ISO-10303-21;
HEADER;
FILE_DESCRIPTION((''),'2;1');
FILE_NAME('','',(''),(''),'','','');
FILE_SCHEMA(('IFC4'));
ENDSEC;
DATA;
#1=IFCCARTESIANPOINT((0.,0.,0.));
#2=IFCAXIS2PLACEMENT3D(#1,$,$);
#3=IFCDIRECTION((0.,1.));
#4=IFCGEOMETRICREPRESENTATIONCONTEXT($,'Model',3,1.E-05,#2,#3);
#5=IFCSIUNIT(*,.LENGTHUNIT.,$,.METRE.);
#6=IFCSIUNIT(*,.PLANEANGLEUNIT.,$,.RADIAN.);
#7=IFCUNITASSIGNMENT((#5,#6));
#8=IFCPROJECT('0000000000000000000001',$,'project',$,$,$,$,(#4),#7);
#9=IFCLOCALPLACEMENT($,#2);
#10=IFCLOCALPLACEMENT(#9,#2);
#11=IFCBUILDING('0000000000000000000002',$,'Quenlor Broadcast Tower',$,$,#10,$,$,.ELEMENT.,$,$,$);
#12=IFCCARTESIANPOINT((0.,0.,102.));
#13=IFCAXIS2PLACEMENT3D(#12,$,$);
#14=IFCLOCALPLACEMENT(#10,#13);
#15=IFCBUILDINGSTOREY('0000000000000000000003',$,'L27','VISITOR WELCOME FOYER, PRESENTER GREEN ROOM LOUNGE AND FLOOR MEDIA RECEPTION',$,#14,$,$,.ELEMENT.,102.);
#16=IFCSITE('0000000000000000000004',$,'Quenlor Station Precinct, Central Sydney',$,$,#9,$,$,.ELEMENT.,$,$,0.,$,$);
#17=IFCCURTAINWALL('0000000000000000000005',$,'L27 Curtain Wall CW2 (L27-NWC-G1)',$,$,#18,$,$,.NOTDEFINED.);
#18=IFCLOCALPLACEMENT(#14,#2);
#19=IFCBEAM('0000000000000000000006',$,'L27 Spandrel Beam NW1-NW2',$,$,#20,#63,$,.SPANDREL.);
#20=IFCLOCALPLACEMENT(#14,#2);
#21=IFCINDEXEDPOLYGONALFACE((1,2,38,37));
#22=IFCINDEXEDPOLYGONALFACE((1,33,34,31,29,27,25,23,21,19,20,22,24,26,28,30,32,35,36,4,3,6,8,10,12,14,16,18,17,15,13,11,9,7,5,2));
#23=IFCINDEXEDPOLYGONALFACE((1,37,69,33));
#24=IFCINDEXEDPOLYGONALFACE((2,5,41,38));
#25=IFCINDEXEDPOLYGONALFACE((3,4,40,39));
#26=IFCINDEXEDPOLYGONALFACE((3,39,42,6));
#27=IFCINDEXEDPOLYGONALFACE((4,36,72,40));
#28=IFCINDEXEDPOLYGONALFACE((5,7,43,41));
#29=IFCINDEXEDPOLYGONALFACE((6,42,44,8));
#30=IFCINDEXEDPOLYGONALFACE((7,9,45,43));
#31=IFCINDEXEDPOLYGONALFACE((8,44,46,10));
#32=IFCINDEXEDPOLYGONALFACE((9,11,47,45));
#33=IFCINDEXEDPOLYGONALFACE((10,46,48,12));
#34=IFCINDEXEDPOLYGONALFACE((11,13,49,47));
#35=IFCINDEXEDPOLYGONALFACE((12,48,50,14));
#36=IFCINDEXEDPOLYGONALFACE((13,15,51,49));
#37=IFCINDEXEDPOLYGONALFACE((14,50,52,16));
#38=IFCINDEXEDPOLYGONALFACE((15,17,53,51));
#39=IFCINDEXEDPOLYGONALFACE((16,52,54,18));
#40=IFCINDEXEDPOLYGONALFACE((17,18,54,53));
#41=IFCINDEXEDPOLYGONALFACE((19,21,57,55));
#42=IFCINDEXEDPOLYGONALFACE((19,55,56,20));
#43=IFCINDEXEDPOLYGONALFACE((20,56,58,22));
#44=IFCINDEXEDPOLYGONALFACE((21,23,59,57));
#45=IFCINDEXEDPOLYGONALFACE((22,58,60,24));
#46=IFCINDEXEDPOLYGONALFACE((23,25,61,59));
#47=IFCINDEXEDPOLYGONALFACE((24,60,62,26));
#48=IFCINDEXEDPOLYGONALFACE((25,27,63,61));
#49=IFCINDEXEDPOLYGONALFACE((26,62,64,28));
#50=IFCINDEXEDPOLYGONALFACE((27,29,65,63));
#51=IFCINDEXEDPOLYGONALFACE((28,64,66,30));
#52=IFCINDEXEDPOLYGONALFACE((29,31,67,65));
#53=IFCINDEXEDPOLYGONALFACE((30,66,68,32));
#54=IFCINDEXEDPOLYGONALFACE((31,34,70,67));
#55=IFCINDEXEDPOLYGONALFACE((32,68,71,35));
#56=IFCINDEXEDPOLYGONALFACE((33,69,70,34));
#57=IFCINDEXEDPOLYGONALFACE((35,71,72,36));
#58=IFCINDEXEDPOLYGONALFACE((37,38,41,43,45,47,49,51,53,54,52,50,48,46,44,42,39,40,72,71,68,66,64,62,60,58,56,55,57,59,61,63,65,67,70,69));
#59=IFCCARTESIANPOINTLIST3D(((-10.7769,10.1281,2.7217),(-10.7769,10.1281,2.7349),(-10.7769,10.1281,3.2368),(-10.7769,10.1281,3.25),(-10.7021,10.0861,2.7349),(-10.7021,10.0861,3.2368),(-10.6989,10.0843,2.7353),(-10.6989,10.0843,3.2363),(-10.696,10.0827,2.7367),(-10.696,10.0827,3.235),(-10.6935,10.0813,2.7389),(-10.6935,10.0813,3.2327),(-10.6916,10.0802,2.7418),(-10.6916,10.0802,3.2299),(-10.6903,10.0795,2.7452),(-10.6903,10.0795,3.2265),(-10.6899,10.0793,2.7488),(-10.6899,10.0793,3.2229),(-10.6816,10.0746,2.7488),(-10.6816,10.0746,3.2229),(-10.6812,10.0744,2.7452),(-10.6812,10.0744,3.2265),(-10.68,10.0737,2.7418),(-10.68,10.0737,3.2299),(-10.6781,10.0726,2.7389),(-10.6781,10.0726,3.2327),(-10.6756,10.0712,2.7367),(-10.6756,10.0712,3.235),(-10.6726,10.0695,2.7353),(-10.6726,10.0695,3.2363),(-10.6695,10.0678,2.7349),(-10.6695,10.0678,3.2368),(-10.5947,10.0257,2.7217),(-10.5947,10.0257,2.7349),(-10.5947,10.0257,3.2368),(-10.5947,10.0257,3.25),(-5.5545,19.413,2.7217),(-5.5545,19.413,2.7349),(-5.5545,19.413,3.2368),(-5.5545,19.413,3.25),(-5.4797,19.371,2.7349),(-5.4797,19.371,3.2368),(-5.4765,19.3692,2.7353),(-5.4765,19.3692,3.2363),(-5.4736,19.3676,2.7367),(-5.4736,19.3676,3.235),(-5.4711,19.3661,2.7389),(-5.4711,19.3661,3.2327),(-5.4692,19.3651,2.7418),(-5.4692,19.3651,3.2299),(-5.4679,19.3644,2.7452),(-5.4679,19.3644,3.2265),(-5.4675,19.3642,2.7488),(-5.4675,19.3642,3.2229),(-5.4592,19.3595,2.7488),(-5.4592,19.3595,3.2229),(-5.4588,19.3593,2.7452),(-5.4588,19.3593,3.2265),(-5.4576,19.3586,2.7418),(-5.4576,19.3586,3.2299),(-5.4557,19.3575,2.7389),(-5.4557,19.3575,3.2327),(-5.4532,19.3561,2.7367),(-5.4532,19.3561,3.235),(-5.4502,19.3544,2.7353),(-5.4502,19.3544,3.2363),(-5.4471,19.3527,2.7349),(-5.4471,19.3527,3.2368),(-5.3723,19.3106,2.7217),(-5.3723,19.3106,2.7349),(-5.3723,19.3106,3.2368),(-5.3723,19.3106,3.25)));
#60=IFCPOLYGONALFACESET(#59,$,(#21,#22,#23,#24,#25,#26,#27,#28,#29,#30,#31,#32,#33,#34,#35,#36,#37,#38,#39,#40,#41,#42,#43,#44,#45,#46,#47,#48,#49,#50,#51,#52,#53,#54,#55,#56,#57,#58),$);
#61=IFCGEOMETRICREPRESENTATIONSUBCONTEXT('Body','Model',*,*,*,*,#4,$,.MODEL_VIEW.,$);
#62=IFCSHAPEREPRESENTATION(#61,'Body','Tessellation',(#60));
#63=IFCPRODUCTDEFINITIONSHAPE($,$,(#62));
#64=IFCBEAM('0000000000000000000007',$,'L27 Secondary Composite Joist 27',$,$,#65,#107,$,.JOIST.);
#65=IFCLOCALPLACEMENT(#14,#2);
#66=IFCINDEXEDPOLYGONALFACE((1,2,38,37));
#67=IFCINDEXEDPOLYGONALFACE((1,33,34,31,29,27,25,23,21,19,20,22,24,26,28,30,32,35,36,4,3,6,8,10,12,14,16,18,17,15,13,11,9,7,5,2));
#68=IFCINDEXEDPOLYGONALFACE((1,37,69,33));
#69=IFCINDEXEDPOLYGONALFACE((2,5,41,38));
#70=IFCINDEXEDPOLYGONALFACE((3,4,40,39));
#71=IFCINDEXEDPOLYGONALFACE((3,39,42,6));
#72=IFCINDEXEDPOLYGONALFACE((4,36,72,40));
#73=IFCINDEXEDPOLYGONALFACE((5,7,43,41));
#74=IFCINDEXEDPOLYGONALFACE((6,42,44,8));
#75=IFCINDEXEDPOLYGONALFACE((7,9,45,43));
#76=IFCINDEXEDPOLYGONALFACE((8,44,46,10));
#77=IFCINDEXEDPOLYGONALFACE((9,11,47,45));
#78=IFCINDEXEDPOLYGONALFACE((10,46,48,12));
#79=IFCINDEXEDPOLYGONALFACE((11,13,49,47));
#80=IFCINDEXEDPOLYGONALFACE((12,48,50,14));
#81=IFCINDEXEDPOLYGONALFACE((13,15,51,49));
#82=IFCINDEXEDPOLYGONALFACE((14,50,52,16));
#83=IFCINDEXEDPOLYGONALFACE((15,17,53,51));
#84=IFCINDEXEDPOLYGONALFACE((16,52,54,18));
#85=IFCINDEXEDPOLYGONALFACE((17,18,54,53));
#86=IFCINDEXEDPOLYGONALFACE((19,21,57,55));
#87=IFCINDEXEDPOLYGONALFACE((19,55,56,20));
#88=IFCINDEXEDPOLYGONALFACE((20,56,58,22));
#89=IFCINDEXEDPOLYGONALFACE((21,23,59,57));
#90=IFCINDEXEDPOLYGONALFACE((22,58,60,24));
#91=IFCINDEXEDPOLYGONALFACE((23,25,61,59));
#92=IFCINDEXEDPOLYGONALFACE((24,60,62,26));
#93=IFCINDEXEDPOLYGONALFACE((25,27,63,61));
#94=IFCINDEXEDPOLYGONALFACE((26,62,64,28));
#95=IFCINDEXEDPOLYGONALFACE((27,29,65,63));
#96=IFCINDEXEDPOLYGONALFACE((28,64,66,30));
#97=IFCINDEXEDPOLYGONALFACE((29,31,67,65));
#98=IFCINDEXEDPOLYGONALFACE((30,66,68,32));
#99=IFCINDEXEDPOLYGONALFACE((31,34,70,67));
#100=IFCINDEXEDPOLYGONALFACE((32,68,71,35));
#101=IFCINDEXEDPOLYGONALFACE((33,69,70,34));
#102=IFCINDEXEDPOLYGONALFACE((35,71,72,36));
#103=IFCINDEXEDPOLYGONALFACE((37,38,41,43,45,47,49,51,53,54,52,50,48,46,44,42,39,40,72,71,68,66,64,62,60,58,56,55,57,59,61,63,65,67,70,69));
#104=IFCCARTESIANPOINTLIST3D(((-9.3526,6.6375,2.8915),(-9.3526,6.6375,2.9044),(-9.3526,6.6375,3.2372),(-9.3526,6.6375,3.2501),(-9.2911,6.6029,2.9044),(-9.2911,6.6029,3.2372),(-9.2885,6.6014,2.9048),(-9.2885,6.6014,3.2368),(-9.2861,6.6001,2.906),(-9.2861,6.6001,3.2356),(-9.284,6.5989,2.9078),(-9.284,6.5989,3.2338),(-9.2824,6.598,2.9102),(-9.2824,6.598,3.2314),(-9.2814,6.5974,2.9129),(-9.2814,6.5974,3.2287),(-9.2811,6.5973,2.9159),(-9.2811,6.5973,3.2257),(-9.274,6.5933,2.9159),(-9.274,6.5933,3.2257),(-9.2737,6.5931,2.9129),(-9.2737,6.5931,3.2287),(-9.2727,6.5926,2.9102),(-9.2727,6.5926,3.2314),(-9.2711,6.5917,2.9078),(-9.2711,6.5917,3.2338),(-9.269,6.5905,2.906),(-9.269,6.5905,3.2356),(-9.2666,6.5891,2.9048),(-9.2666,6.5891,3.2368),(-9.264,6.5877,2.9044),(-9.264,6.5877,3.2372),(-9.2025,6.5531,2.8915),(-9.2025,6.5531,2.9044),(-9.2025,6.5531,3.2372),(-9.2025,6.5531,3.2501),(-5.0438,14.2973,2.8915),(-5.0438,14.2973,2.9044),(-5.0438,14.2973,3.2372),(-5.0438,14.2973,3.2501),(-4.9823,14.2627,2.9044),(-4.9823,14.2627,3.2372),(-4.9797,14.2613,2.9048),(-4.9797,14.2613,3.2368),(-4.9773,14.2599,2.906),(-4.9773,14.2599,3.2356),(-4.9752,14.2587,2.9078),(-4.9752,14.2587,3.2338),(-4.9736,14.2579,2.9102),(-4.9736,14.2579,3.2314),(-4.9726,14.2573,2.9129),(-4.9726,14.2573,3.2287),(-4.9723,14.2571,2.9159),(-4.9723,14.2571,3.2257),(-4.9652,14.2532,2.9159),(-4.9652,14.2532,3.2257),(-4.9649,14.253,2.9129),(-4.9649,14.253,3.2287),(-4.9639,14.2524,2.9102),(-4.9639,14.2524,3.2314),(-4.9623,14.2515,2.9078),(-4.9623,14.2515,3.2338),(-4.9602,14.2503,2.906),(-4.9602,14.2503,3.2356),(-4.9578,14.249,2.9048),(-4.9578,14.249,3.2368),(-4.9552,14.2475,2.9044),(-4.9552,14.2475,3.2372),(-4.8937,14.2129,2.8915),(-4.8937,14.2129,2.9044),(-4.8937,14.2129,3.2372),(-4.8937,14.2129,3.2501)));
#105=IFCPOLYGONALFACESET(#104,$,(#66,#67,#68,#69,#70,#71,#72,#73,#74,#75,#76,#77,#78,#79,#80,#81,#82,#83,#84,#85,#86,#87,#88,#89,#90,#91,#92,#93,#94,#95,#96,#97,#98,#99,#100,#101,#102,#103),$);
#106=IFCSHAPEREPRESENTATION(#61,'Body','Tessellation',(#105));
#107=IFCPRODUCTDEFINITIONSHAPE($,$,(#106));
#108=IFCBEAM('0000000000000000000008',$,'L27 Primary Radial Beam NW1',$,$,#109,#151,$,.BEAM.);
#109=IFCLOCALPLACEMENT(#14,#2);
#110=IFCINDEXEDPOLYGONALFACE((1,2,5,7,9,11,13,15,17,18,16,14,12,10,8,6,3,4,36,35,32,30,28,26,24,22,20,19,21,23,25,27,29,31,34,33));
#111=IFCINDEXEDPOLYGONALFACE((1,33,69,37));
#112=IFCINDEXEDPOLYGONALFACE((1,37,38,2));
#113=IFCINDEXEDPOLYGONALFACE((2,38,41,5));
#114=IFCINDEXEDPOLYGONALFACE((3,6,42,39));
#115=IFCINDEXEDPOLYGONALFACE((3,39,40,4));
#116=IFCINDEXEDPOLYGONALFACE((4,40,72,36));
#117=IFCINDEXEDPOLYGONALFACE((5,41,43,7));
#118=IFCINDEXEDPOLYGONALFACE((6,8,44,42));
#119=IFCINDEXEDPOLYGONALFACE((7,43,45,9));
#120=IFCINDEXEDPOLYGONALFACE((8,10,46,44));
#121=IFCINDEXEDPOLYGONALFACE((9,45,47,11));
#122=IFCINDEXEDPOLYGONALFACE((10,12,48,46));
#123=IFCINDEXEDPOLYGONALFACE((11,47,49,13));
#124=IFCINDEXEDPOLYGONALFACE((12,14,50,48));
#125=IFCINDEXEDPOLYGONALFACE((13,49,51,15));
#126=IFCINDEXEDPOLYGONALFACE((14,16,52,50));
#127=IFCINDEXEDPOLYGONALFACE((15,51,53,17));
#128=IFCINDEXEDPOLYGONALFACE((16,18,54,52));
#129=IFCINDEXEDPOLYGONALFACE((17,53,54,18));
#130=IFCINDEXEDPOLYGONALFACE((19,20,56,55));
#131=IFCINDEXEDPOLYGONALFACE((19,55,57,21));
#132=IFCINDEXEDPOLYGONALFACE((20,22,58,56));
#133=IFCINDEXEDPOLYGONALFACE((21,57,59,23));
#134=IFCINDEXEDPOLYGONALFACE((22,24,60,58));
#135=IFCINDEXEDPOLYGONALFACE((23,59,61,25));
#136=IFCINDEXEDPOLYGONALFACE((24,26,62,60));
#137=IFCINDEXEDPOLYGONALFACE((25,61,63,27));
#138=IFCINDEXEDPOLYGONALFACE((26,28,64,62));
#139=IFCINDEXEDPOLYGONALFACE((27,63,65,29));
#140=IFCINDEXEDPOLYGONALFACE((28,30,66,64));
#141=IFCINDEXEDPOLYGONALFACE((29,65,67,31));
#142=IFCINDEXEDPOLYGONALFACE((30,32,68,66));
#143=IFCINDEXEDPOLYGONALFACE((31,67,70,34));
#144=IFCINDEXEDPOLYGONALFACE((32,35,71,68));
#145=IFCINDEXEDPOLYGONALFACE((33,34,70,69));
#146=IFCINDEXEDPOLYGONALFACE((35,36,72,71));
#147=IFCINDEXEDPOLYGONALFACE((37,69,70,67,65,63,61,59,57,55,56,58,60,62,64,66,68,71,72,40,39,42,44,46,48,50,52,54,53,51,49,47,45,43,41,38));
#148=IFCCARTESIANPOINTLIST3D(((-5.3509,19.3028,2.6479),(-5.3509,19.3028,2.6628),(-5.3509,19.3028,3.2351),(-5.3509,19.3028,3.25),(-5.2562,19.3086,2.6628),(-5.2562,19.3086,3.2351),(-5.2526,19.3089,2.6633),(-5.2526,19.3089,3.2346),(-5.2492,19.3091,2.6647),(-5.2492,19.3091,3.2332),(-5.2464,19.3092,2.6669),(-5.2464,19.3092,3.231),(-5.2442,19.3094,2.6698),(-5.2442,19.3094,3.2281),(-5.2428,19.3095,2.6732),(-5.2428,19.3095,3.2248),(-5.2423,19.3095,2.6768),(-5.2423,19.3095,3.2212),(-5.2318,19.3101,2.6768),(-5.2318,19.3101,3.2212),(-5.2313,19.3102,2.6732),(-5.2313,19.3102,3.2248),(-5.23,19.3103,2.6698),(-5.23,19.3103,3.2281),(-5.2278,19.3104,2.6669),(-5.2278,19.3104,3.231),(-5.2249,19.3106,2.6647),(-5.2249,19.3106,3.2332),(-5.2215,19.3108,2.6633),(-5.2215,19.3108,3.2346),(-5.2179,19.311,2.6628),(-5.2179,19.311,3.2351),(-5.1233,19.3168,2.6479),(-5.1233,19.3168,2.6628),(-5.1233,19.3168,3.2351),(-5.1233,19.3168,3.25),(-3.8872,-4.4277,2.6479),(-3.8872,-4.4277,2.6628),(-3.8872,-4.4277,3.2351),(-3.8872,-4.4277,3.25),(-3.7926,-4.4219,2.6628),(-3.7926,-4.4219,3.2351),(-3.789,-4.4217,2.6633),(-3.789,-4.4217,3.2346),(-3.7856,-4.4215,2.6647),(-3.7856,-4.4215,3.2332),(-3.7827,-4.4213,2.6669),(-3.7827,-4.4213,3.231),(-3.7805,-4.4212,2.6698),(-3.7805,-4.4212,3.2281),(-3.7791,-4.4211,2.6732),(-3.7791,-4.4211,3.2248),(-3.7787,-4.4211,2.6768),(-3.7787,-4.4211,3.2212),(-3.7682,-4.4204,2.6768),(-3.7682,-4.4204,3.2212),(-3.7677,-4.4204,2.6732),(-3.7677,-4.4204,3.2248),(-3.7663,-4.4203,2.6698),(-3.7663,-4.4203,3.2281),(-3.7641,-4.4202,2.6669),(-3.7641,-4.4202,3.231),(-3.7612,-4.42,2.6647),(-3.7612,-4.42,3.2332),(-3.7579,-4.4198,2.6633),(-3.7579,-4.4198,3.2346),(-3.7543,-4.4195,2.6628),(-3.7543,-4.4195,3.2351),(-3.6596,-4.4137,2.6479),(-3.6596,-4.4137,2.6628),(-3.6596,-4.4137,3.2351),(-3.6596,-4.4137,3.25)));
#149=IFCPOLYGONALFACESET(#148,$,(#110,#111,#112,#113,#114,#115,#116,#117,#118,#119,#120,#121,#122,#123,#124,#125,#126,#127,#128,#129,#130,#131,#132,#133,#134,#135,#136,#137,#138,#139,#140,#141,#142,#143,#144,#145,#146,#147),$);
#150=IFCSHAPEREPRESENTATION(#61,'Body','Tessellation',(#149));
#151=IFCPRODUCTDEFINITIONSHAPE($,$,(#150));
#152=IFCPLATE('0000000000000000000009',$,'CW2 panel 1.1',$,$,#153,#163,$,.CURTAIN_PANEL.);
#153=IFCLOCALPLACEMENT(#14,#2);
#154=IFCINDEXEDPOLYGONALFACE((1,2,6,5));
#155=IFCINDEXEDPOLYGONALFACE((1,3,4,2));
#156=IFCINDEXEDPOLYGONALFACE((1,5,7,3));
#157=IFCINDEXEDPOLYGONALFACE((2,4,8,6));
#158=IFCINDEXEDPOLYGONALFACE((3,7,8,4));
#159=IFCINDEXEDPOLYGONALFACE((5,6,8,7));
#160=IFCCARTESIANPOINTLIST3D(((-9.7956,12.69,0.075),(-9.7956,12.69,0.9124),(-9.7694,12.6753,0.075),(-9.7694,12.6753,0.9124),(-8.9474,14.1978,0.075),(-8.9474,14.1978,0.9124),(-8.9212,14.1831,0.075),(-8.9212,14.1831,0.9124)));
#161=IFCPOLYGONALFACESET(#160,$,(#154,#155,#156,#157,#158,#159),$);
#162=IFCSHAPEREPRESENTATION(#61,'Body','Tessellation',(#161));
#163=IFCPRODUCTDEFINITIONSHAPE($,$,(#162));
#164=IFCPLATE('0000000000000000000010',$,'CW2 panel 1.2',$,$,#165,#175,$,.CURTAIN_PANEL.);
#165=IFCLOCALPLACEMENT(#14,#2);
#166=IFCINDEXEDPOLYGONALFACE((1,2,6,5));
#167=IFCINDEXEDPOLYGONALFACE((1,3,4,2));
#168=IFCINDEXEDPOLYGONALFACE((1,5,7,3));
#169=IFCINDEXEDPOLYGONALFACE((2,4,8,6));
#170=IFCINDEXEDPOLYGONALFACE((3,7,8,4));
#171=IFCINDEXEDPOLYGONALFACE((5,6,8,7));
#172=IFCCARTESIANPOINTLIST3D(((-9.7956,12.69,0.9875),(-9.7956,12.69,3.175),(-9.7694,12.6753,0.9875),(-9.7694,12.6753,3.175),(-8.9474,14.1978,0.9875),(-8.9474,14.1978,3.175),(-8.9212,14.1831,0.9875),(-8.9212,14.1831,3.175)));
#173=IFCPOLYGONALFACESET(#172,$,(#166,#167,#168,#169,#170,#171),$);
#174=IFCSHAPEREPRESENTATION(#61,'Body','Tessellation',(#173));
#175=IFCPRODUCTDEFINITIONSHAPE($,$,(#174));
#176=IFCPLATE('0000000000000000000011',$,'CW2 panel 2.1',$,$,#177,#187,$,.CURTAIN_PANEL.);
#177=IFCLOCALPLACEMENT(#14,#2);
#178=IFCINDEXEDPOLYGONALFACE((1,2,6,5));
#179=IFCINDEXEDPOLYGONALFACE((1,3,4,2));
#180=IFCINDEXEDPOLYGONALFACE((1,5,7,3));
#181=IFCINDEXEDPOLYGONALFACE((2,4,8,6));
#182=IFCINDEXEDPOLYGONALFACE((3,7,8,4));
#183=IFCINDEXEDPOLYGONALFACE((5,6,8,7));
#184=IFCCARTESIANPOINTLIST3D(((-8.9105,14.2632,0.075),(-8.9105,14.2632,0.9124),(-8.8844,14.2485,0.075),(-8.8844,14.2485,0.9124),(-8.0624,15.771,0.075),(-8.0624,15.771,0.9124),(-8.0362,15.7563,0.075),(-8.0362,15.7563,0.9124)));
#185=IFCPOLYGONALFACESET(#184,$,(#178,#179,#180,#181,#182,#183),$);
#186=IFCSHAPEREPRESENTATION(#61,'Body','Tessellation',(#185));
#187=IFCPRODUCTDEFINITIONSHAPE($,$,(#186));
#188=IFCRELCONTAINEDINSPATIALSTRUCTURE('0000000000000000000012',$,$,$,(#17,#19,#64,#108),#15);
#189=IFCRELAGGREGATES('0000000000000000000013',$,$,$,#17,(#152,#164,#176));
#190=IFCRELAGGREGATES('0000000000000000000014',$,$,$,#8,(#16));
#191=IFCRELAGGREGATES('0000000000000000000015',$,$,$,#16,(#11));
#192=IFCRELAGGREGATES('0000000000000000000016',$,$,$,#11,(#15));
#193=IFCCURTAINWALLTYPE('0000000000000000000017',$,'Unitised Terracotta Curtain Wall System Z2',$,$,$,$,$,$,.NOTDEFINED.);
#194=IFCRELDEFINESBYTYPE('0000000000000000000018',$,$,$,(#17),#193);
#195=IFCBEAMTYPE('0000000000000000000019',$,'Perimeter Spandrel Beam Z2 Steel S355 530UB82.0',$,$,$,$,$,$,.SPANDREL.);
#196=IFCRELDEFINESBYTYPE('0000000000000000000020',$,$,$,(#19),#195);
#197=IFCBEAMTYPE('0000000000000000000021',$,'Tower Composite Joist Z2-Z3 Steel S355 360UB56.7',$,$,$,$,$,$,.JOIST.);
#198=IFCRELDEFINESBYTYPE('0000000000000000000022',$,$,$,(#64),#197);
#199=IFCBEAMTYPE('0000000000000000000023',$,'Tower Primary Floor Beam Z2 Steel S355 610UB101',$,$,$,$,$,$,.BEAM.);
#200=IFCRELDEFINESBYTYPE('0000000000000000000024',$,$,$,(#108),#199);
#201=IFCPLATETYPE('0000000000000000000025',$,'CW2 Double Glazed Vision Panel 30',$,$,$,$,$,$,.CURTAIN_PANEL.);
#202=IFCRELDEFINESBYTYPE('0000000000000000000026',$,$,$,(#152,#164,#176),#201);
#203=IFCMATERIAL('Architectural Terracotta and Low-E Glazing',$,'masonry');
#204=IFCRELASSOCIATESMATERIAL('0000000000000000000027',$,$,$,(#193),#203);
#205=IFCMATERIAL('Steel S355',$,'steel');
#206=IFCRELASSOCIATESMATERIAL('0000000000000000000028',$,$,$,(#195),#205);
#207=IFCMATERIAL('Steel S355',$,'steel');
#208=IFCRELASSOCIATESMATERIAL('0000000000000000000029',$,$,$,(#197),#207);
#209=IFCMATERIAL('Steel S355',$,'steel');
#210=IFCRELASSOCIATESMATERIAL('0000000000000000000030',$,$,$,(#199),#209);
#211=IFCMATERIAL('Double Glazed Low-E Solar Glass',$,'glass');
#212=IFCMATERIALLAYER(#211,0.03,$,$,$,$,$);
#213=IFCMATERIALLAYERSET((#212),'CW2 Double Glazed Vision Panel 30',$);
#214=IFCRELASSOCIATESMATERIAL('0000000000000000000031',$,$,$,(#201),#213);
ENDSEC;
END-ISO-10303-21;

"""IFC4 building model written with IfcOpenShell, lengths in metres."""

from ifc_helpers import new_model, si_unit, direction, frame, origin, origin_2d, place, context, subcontext, project, spatial, rectangle, i_section, extrude, material, layer, layer_set, material_profile, profile_set, type_object, element, aggregate, save


model = new_model("IFC4")

# Units and contexts
model_context = context("Model", 3, precision=1e-05, world=origin(), true_north=direction((0.0, 1.0)))
body_context = subcontext(model_context, "Body", "Model", "MODEL_VIEW")
ifc_project = project(units=[si_unit("LENGTHUNIT", "METRE"), si_unit("PLANEANGLEUNIT", "RADIAN")], contexts=[model_context])

# Site, building, storey
site_placement = place(None, origin())
site = spatial("IfcSite", under=ifc_project, at=site_placement, Name="Quenlor Station Precinct, Central Sydney", CompositionType="ELEMENT", RefElevation=0.0)
building_placement = place(site_placement, origin())
building = spatial("IfcBuilding", under=site, at=building_placement, Name="Quenlor Broadcast Tower", CompositionType="ELEMENT")
storey_placement = place(building_placement, frame((0.0, 0.0, 102.0)))
storey = spatial("IfcBuildingStorey", under=building, at=storey_placement, Name="L27", Description="VISITOR WELCOME FOYER, PRESENTER GREEN ROOM LOUNGE AND FLOOR MEDIA RECEPTION", CompositionType="ELEMENT", Elevation=102.0)

# Curtain wall
ifc_material_1 = material(Name="Architectural Terracotta and Low-E Glazing", Category="masonry")
curtain_wall_type = type_object("IfcCurtainWallType", Name="Unitised Terracotta Curtain Wall System Z2", PredefinedType="NOTDEFINED", material=ifc_material_1)
curtain_wall_placement = place(storey_placement, origin())
curtain_wall = element("IfcCurtainWall", 1, at=curtain_wall_placement, inside=storey, type_object=curtain_wall_type, Name="L27 Curtain Wall CW2 (L27-NWC-G1)", PredefinedType="NOTDEFINED")

# Beams
ifc_material_2 = material(Name="Steel S355", Category="steel")
ifc_material_profile_1 = material_profile(ifc_material_2, i_section(OverallWidth=0.209, OverallDepth=0.5283, WebThickness=0.0095, FlangeThickness=0.0132, FilletRadius=0.0139, at=origin_2d()))
ifc_profile_set_1 = profile_set([ifc_material_profile_1], Name="Steel S355 530UB82.0")
beam_type_1 = type_object("IfcBeamType", Name="Perimeter Spandrel Beam Z2 Steel S355 530UB82.0", PredefinedType="SPANDREL", material=ifc_profile_set_1)
beam_1_placement = place(storey_placement, frame((-5.4634, 19.3618, 2.9858), z_axis=(-0.490236, -0.87159, 0.0), x_axis=(0.87159, -0.490236, 0.0)))
element("IfcBeam", 2, at=beam_1_placement, inside=storey, type_object=beam_type_1, Name="L27 Spandrel Beam NW1-NW2", PredefinedType="SPANDREL", context=body_context, shape_type="SweptSolid", body=[
    extrude(i_section(OverallWidth=0.209, OverallDepth=0.5283, WebThickness=0.0095, FlangeThickness=0.0132, FilletRadius=0.0139, at=origin_2d()), origin(), (0.0, 0.0, 1.0), 10.6528),
])
ifc_material_3 = material(Name="Steel S355", Category="steel")
ifc_material_profile_2 = material_profile(ifc_material_3, i_section(OverallWidth=0.1721, OverallDepth=0.3586, WebThickness=0.0081, FlangeThickness=0.0129, FilletRadius=0.0115, at=origin_2d()))
ifc_profile_set_2 = profile_set([ifc_material_profile_2], Name="Steel S355 360UB56.7")
beam_type_2 = type_object("IfcBeamType", Name="Tower Composite Joist Z2-Z3 Steel S355 360UB56.7", PredefinedType="JOIST", material=ifc_profile_set_2)
beam_2_placement = place(storey_placement, frame((-4.9688, 14.2551, 3.0708), z_axis=(-0.490273, -0.871569, 0.0), x_axis=(0.871569, -0.490273, 0.0)))
element("IfcBeam", 3, at=beam_2_placement, inside=storey, type_object=beam_type_2, Name="L27 Secondary Composite Joist 27", PredefinedType="JOIST", context=body_context, shape_type="SweptSolid", body=[
    extrude(i_section(OverallWidth=0.1721, OverallDepth=0.3586, WebThickness=0.0081, FlangeThickness=0.0129, FilletRadius=0.0115, at=origin_2d()), origin(), (0.0, 0.0, 1.0), 8.7886),
])
ifc_material_4 = material(Name="Steel S355", Category="steel")
ifc_material_profile_3 = material_profile(ifc_material_4, i_section(OverallWidth=0.228, OverallDepth=0.6021, WebThickness=0.0105, FlangeThickness=0.0149, FilletRadius=0.0139, at=origin_2d()))
ifc_profile_set_3 = profile_set([ifc_material_profile_3], Name="Steel S355 610UB101")
beam_type_3 = type_object("IfcBeamType", Name="Tower Primary Floor Beam Z2 Steel S355 610UB101", PredefinedType="BEAM", material=ifc_profile_set_3)
beam_3_placement = place(storey_placement, frame((-5.2371, 19.3098, 2.949), z_axis=(0.06156, -0.998103, 0.0), x_axis=(0.998103, 0.06156, 0.0)))
element("IfcBeam", 4, at=beam_3_placement, inside=storey, type_object=beam_type_3, Name="L27 Primary Radial Beam NW1", PredefinedType="BEAM", context=body_context, shape_type="SweptSolid", body=[
    extrude(i_section(OverallWidth=0.228, OverallDepth=0.6021, WebThickness=0.0105, FlangeThickness=0.0149, FilletRadius=0.0139, at=origin_2d()), origin(), (0.0, 0.0, 1.0), 23.7756),
])

# Plates
ifc_material_5 = material(Name="Double Glazed Low-E Solar Glass", Category="glass")
ifc_layer_1 = layer(ifc_material_5, 0.03)
ifc_layer_set_1 = layer_set([ifc_layer_1], Name="CW2 Double Glazed Vision Panel 30")
plate_type_1 = type_object("IfcPlateType", Name="CW2 Double Glazed Vision Panel 30", PredefinedType="CURTAIN_PANEL", material=ifc_layer_set_1)
plate_1_placement = place(storey_placement, frame((-9.3584, 13.4365, 0.075), z_axis=(0.0, 0.0, 1.0), x_axis=(0.490265, 0.871573, 0.0)))
plate_1 = element("IfcPlate", 5, at=plate_1_placement, type_object=plate_type_1, Name="CW2 panel 1.1", PredefinedType="CURTAIN_PANEL", context=body_context, shape_type="SweptSolid", body=[
    extrude(rectangle(XDim=1.73, YDim=0.03, at=origin_2d()), origin(), (0.0, 0.0, 1.0), 0.8374),
])
plate_2_placement = place(storey_placement, frame((-9.3584, 13.4365, 0.9875), z_axis=(0.0, 0.0, 1.0), x_axis=(0.490265, 0.871573, 0.0)))
plate_2 = element("IfcPlate", 6, at=plate_2_placement, type_object=plate_type_1, Name="CW2 panel 1.2", PredefinedType="CURTAIN_PANEL", context=body_context, shape_type="SweptSolid", body=[
    extrude(rectangle(XDim=1.73, YDim=0.03, at=origin_2d()), origin(), (0.0, 0.0, 1.0), 2.1875),
])
plate_3_placement = place(storey_placement, frame((-8.4734, 15.0098, 0.075), z_axis=(0.0, 0.0, 1.0), x_axis=(0.490265, 0.871573, 0.0)))
plate_3 = element("IfcPlate", 7, at=plate_3_placement, type_object=plate_type_1, Name="CW2 panel 2.1", PredefinedType="CURTAIN_PANEL", context=body_context, shape_type="SweptSolid", body=[
    extrude(rectangle(XDim=1.73, YDim=0.03, at=origin_2d()), origin(), (0.0, 0.0, 1.0), 0.8374),
])
aggregate(curtain_wall, [plate_1, plate_2, plate_3])

save(model, "model.ifc")
